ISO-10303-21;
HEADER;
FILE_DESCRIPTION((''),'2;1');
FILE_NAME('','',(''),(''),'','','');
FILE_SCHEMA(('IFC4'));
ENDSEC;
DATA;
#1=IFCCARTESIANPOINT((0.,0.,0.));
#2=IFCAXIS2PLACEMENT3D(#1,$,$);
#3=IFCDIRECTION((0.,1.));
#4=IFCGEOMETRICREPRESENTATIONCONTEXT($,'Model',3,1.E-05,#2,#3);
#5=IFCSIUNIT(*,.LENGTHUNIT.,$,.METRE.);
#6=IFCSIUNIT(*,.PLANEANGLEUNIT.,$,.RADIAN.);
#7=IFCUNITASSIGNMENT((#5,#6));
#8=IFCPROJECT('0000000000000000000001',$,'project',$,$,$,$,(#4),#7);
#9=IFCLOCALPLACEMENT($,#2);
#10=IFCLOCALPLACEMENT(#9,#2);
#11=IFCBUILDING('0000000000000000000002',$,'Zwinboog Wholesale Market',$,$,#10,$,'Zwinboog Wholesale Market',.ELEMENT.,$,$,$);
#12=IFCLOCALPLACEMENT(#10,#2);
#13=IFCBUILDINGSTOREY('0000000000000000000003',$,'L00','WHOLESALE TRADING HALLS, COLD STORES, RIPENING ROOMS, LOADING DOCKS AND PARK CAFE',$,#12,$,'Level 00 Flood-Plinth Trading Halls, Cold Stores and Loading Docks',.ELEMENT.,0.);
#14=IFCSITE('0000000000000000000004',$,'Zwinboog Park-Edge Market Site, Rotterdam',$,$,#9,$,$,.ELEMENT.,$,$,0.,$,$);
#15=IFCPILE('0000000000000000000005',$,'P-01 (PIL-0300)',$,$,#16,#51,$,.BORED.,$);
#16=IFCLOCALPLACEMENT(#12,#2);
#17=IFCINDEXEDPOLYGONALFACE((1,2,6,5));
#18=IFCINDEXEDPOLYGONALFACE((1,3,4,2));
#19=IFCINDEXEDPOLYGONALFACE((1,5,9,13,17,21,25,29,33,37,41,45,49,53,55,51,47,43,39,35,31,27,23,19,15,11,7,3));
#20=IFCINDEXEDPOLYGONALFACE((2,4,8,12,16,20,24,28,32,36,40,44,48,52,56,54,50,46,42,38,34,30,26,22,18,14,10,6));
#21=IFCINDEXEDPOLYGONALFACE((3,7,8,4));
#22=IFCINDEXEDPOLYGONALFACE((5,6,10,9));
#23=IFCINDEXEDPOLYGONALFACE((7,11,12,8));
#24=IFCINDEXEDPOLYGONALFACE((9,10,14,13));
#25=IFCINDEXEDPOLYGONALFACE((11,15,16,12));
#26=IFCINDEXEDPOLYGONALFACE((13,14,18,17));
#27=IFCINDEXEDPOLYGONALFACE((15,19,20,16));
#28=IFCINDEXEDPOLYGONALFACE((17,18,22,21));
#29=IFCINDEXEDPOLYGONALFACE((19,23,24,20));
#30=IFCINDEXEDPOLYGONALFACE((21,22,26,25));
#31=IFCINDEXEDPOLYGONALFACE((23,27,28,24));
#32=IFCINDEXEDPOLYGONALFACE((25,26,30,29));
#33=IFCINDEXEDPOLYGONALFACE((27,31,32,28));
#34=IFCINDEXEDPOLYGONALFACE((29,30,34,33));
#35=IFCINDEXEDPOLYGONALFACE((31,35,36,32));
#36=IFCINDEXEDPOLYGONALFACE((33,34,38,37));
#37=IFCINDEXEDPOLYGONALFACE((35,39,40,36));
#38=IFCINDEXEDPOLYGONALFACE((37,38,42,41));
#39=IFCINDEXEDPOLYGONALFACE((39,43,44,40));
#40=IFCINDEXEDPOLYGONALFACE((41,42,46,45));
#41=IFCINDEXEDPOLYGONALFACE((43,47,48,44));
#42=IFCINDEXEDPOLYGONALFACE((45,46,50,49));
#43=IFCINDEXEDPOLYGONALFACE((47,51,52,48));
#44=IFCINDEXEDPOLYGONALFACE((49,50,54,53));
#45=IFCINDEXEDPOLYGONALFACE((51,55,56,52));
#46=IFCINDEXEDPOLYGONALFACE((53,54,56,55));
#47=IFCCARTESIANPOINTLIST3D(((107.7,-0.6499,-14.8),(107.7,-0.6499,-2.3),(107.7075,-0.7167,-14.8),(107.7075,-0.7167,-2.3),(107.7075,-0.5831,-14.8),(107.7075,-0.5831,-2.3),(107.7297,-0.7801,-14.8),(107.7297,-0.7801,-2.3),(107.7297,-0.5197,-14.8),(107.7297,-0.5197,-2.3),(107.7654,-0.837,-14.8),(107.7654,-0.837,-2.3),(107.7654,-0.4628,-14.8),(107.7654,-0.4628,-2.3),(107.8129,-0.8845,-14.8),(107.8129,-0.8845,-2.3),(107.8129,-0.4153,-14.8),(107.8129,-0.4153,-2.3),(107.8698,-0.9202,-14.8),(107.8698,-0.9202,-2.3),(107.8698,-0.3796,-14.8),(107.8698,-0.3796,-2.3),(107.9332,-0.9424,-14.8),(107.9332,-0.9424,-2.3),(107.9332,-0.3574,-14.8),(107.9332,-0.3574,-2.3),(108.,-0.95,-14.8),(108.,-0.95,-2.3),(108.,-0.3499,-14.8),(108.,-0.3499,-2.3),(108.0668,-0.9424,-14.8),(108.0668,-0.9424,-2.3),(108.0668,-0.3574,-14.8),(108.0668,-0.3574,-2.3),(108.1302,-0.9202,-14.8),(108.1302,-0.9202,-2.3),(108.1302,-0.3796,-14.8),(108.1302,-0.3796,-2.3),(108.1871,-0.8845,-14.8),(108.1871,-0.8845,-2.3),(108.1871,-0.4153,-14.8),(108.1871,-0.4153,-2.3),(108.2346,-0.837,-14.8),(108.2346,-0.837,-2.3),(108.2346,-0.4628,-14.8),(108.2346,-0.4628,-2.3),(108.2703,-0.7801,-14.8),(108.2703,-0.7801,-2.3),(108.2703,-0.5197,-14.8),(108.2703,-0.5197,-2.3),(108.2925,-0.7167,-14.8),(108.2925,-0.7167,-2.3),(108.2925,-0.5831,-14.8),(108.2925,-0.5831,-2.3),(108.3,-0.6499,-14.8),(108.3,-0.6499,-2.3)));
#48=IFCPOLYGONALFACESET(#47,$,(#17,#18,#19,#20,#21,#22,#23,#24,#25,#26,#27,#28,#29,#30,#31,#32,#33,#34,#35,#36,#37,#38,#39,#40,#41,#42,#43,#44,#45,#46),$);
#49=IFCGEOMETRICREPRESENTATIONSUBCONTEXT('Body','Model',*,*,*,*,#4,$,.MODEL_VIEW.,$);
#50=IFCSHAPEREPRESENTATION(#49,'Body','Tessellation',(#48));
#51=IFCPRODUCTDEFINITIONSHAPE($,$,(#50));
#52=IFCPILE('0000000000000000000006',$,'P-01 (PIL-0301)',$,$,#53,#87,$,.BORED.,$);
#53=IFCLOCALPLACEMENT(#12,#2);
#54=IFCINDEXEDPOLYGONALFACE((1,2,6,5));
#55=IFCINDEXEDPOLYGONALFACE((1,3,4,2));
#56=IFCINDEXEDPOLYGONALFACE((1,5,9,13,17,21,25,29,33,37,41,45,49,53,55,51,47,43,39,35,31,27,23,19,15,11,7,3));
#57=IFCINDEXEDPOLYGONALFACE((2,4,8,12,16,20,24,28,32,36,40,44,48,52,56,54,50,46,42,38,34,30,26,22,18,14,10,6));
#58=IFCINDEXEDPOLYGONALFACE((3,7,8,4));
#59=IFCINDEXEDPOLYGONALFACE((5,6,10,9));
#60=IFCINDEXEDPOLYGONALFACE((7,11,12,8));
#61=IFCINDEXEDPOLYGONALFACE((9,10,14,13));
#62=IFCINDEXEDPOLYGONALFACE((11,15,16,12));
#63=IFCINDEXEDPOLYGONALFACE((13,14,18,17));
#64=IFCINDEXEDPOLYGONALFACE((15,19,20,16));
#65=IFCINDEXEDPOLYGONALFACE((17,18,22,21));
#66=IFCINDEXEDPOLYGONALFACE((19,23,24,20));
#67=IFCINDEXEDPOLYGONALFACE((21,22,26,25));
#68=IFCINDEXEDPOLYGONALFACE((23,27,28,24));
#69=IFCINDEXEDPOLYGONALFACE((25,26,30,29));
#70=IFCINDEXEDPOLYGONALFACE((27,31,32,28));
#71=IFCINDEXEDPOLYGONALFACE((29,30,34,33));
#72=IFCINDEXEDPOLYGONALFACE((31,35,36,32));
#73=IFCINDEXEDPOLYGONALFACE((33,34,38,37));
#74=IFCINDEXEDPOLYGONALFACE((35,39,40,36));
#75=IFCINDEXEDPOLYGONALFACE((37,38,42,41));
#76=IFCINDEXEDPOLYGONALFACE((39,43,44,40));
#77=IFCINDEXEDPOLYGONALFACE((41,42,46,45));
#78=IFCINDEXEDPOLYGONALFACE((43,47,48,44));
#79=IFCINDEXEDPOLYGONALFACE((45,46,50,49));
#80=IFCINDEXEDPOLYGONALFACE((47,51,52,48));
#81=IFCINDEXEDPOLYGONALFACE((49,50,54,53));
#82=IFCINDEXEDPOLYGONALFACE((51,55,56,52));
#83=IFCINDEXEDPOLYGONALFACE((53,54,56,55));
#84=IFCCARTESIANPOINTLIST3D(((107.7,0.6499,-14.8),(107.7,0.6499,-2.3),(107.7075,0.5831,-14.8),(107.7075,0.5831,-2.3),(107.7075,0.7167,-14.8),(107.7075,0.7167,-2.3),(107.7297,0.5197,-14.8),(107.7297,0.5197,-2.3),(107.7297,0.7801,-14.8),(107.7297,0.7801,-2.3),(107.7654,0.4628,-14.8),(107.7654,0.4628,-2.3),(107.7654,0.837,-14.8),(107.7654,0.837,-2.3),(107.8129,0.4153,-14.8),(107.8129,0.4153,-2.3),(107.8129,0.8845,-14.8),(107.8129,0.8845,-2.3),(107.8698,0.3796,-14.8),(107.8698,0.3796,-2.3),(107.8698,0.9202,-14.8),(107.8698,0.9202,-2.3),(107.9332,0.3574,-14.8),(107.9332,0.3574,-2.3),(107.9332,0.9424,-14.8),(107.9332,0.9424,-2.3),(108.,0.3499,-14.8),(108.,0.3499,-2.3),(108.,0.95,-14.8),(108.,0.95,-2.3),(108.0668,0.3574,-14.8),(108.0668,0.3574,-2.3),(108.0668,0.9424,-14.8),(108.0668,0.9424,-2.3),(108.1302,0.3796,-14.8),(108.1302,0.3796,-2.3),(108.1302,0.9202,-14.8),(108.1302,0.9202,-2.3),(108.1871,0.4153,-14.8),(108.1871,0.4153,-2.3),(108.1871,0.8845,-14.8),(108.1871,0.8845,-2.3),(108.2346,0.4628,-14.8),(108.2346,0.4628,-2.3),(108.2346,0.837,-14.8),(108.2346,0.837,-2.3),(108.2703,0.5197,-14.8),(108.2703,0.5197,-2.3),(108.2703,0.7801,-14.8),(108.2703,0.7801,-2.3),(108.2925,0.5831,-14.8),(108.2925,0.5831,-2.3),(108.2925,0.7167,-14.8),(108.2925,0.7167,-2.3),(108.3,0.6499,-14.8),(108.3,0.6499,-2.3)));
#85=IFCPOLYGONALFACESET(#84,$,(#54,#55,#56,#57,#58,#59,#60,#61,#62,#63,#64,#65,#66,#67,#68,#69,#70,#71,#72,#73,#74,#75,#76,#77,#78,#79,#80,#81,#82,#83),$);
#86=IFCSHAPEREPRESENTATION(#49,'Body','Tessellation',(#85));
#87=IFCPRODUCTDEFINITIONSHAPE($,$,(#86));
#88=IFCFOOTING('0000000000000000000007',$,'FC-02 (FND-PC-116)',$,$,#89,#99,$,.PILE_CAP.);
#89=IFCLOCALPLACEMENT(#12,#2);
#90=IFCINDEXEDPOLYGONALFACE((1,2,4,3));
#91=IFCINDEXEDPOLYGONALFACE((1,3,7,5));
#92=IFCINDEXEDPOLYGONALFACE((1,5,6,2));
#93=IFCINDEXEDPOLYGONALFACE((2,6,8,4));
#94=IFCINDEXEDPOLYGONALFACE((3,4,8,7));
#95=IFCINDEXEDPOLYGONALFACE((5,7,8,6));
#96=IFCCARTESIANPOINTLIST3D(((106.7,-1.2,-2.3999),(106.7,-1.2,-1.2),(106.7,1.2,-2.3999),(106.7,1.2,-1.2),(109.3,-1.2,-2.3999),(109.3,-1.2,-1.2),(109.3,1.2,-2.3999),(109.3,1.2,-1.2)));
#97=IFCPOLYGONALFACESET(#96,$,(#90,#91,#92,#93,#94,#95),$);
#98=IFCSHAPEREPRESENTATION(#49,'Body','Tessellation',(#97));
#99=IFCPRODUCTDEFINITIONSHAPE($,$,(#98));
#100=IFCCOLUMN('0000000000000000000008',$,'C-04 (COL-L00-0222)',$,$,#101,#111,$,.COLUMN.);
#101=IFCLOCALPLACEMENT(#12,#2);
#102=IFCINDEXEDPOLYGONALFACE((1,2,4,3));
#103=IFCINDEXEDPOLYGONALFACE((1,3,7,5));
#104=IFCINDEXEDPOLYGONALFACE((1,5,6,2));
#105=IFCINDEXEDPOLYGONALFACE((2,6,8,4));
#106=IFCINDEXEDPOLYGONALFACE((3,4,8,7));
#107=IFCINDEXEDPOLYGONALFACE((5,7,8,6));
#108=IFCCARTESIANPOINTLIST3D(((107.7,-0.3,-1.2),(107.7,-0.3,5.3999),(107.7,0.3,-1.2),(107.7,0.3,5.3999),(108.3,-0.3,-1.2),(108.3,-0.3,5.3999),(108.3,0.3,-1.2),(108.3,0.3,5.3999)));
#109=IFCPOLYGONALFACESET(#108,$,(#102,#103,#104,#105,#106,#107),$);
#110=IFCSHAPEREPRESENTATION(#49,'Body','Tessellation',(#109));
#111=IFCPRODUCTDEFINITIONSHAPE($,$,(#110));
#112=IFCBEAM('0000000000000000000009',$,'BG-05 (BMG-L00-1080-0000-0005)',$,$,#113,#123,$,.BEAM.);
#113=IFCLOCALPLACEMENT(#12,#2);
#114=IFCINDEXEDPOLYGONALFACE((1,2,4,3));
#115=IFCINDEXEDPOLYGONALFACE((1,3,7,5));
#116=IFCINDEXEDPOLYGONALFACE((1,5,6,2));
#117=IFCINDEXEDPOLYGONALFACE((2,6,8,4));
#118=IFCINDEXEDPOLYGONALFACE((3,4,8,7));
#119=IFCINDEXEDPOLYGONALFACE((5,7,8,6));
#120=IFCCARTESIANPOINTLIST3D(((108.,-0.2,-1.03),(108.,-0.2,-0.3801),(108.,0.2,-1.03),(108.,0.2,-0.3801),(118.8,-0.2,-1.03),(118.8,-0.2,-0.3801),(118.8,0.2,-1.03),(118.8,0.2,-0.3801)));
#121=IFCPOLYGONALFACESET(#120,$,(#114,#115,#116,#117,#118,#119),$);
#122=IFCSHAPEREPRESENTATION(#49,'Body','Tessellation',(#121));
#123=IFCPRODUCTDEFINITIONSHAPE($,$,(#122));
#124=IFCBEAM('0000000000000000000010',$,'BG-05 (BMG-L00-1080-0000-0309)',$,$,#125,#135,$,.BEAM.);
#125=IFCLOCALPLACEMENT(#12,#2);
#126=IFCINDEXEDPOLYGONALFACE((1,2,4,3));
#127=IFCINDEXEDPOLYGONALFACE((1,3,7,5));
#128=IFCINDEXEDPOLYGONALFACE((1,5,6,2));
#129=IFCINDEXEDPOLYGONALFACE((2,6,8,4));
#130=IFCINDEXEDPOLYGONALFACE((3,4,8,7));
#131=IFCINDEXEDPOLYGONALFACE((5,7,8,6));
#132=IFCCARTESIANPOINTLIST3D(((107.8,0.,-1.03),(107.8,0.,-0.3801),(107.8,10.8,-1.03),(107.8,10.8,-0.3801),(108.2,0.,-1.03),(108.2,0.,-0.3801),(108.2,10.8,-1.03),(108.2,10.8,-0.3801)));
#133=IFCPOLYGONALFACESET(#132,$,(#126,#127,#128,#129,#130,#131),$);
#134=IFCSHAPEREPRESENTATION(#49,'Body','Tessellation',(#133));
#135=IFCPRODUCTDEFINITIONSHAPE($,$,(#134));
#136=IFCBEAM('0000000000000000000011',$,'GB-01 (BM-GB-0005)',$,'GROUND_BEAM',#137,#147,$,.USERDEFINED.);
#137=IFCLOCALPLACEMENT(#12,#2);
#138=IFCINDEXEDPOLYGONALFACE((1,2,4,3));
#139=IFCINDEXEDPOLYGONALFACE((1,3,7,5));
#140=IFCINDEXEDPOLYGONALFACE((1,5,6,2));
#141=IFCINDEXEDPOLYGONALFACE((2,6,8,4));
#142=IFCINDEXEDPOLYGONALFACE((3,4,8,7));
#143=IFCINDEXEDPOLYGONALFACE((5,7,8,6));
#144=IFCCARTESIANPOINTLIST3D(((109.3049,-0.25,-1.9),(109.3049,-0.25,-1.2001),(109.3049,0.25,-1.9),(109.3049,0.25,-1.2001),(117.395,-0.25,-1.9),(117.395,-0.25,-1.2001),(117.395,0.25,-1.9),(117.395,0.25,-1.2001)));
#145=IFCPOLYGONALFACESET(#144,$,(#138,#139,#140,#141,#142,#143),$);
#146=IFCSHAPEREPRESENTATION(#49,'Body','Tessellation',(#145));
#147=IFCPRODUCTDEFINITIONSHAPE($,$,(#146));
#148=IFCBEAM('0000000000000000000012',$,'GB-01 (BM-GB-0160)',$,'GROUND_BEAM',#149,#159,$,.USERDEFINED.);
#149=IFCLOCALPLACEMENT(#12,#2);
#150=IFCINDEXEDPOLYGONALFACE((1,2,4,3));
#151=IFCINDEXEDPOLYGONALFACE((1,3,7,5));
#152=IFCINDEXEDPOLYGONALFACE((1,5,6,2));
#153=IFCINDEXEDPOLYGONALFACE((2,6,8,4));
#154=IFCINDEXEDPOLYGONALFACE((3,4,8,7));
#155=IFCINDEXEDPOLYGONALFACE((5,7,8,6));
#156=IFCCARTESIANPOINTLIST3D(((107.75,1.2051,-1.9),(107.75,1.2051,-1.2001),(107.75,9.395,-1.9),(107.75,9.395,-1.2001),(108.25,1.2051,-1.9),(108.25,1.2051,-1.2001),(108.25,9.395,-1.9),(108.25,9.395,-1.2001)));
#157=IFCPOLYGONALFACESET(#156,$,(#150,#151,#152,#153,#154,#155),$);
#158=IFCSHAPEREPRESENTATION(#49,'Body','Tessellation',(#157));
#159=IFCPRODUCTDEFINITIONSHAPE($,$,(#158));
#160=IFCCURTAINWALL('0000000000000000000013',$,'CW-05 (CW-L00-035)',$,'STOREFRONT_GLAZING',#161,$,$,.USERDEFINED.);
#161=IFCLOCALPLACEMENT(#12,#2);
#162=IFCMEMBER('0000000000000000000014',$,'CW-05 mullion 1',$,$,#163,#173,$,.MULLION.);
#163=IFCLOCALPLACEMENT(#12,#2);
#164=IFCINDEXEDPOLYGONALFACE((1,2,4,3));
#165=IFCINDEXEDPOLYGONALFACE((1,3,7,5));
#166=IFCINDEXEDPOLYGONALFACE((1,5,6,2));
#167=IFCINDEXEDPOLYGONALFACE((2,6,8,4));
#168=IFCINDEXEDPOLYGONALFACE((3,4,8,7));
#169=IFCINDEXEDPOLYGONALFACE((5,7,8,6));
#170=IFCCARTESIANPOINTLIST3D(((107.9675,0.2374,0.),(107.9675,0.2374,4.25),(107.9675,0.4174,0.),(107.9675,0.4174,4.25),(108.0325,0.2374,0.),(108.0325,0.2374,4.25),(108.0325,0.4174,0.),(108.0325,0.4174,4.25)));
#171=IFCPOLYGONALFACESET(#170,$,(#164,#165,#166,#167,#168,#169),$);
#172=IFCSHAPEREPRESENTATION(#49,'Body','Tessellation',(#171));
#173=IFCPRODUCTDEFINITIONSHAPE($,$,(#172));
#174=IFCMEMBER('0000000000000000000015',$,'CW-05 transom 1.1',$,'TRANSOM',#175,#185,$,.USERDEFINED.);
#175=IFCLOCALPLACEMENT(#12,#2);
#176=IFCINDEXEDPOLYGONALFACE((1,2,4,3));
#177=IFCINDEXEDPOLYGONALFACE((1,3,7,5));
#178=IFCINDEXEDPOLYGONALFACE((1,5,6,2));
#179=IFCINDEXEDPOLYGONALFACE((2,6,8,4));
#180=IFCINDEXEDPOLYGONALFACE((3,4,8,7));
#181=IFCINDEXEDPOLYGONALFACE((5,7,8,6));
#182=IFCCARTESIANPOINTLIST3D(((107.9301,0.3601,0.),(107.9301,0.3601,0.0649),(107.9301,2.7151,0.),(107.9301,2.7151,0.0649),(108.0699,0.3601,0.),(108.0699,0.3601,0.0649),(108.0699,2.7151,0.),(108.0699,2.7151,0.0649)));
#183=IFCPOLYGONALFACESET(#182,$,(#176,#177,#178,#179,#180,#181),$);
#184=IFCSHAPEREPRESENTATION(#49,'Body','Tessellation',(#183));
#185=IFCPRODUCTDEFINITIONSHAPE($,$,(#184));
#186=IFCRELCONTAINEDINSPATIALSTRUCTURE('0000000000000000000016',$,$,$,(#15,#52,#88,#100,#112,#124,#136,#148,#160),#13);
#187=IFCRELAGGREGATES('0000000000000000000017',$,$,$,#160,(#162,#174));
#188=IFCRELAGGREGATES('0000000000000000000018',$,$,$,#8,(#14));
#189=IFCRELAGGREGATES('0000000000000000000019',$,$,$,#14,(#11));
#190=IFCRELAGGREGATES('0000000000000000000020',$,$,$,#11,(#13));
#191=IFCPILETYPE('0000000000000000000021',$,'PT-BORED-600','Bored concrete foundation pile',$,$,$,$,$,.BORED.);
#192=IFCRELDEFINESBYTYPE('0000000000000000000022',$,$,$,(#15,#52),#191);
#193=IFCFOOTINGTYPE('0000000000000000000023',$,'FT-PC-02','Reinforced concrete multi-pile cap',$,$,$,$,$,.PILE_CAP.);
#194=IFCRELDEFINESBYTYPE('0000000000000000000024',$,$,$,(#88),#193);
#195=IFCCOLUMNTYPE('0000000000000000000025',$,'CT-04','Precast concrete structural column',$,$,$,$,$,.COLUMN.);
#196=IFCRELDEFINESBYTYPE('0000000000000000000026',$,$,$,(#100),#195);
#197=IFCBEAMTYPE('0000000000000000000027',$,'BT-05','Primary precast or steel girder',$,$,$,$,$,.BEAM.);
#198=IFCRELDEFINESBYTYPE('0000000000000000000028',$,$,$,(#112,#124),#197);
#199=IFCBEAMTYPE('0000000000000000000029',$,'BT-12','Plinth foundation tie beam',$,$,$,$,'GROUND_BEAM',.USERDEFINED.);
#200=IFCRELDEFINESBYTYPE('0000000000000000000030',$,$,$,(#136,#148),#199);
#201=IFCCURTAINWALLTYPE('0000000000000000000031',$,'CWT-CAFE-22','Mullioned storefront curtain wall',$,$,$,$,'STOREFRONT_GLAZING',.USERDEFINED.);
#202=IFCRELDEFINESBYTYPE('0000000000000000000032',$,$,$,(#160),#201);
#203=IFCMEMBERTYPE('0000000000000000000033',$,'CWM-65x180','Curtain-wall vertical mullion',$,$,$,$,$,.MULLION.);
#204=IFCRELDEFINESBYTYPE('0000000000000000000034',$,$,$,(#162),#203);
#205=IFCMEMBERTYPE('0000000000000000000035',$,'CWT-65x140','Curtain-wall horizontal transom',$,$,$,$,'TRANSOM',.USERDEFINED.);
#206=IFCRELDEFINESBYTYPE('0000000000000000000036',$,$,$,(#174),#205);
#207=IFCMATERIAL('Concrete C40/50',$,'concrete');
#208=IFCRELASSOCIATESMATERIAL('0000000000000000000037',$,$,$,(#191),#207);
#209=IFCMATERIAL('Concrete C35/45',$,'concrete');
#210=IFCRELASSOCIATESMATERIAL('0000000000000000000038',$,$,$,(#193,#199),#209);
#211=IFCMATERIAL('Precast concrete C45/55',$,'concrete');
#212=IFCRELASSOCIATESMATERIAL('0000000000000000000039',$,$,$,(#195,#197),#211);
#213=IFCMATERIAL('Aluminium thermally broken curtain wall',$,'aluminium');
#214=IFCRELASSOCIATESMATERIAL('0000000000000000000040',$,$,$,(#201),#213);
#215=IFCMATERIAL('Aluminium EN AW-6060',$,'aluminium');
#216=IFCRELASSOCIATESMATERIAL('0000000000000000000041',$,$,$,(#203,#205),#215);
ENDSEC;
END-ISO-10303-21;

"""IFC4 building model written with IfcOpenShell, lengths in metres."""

from ifc_helpers import new_model, si_unit, direction, frame, origin, origin_2d, place, context, subcontext, project, spatial, rectangle, circle, extrude, material, material_profile, profile_set, type_object, element, aggregate, save


model = new_model("IFC4")

# Units and contexts
model_context = context("Model", 3, precision=1e-05, world=origin(), true_north=direction((0.0, 1.0)))
body_context = subcontext(model_context, "Body", "Model", "MODEL_VIEW")
ifc_project = project(units=[si_unit("LENGTHUNIT", "METRE"), si_unit("PLANEANGLEUNIT", "RADIAN")], contexts=[model_context])

# Site, building, storey
site_placement = place(None, origin())
site = spatial("IfcSite", under=ifc_project, at=site_placement, Name="Zwinboog Park-Edge Market Site, Rotterdam", CompositionType="ELEMENT", RefElevation=0.0)
building_placement = place(site_placement, origin())
building = spatial("IfcBuilding", under=site, at=building_placement, Name="Zwinboog Wholesale Market", LongName="Zwinboog Wholesale Market", CompositionType="ELEMENT")
storey_placement = place(building_placement, origin())
storey = spatial("IfcBuildingStorey", under=building, at=storey_placement, Name="L00", Description="WHOLESALE TRADING HALLS, COLD STORES, RIPENING ROOMS, LOADING DOCKS AND PARK CAFE", LongName="Level 00 Flood-Plinth Trading Halls, Cold Stores and Loading Docks", CompositionType="ELEMENT", Elevation=0.0)

# Piles
ifc_material_1 = material(Name="Concrete C40/50", Category="concrete")
ifc_material_profile_1 = material_profile(ifc_material_1, circle(Radius=0.3, at=origin_2d()), Name="PILE D600")
ifc_profile_set_1 = profile_set([ifc_material_profile_1], Name="Concrete C40/50")
pile_type = type_object("IfcPileType", Name="PT-BORED-600", Description="Bored concrete foundation pile", PredefinedType="BORED", material=ifc_profile_set_1)
for number, where, z_axis, x_axis, name in (
    (1, (108.0, -0.6499, -2.3), (0.0, 0.0, -1.0), (1.0, 0.0, 0.0), "P-01 (PIL-0300)"),
    (2, (108.0, 0.6499, -2.3), (0.0, 0.0, -1.0), (1.0, 0.0, 0.0), "P-01 (PIL-0301)"),
):
    element("IfcPile", number, at=place(storey_placement, frame(where, z_axis=z_axis, x_axis=x_axis)), inside=storey, type_object=pile_type, Name=name, PredefinedType="BORED", context=body_context, shape_type="SweptSolid", body=[
        extrude(circle(Radius=0.3, at=origin_2d()), origin(), (0.0, 0.0, 1.0), 12.5),
    ])

# Footing
ifc_material_2 = material(Name="Concrete C35/45", Category="concrete")
footing_type = type_object("IfcFootingType", Name="FT-PC-02", Description="Reinforced concrete multi-pile cap", PredefinedType="PILE_CAP", material=ifc_material_2)
footing_placement = place(storey_placement, frame((108.0, 0.0, -2.3999), z_axis=(0.0, 0.0, 1.0), x_axis=(1.0, 0.0, 0.0)))
element("IfcFooting", 3, at=footing_placement, inside=storey, type_object=footing_type, Name="FC-02 (FND-PC-116)", PredefinedType="PILE_CAP", context=body_context, shape_type="SweptSolid", body=[
    extrude(rectangle(XDim=2.6001, YDim=2.3999, at=origin_2d()), origin(), (0.0, 0.0, 1.0), 1.2),
])

# Column
ifc_material_3 = material(Name="Precast concrete C45/55", Category="concrete")
ifc_material_profile_2 = material_profile(ifc_material_3, rectangle(XDim=0.6001, YDim=0.6001, at=origin_2d()), Name="PC 600x600")
ifc_profile_set_2 = profile_set([ifc_material_profile_2], Name="Precast concrete C45/55")
column_type = type_object("IfcColumnType", Name="CT-04", Description="Precast concrete structural column", PredefinedType="COLUMN", material=ifc_profile_set_2)
column_placement = place(storey_placement, frame((108.0, 0.0, -1.2), z_axis=(0.0, 0.0, 1.0), x_axis=(1.0, 0.0, 0.0)))
element("IfcColumn", 4, at=column_placement, inside=storey, type_object=column_type, Name="C-04 (COL-L00-0222)", PredefinedType="COLUMN", context=body_context, shape_type="SweptSolid", body=[
    extrude(rectangle(XDim=0.6001, YDim=0.6001, at=origin_2d()), origin(), (0.0, 0.0, 1.0), 6.5999),
])

# Beams
ifc_material_profile_3 = material_profile(ifc_material_3, rectangle(XDim=0.3999, YDim=0.6499, at=origin_2d()), Name="PC 400x650")
ifc_profile_set_3 = profile_set([ifc_material_profile_3], Name="Precast concrete C45/55")
beam_type_1 = type_object("IfcBeamType", Name="BT-05", Description="Primary precast or steel girder", PredefinedType="BEAM", material=ifc_profile_set_3)
for number, where, z_axis, x_axis, name in (
    (5, (108.0, 0.0, -0.7051), (1.0, 0.0, 0.0), (0.0, 1.0, 0.0), "BG-05 (BMG-L00-1080-0000-0005)"),
    (6, (108.0, 0.0, -0.7051), (0.0, 1.0, 0.0), (-1.0, 0.0, 0.0), "BG-05 (BMG-L00-1080-0000-0309)"),
):
    element("IfcBeam", number, at=place(storey_placement, frame(where, z_axis=z_axis, x_axis=x_axis)), inside=storey, type_object=beam_type_1, Name=name, PredefinedType="BEAM", context=body_context, shape_type="SweptSolid", body=[
        extrude(rectangle(XDim=0.3999, YDim=0.6499, at=origin_2d()), origin(), (0.0, 0.0, 1.0), 10.8),
    ])
ifc_material_profile_4 = material_profile(ifc_material_2, rectangle(XDim=0.5, YDim=0.7, at=origin_2d()), Name="RC 500x700")
ifc_profile_set_4 = profile_set([ifc_material_profile_4], Name="Concrete C35/45")
beam_type_2 = type_object("IfcBeamType", Name="BT-12", Description="Plinth foundation tie beam", ElementType="GROUND_BEAM", PredefinedType="USERDEFINED", material=ifc_profile_set_4)
beam_1_placement = place(storey_placement, frame((109.3049, 0.0, -1.55), z_axis=(1.0, 0.0, 0.0), x_axis=(0.0, 1.0, 0.0)))
element("IfcBeam", 7, at=beam_1_placement, inside=storey, type_object=beam_type_2, Name="GB-01 (BM-GB-0005)", ObjectType="GROUND_BEAM", PredefinedType="USERDEFINED", context=body_context, shape_type="SweptSolid", body=[
    extrude(rectangle(XDim=0.5, YDim=0.7, at=origin_2d()), origin(), (0.0, 0.0, 1.0), 8.0901),
])
beam_2_placement = place(storey_placement, frame((108.0, 1.2051, -1.55), z_axis=(0.0, 1.0, 0.0), x_axis=(-1.0, 0.0, 0.0)))
element("IfcBeam", 8, at=beam_2_placement, inside=storey, type_object=beam_type_2, Name="GB-01 (BM-GB-0160)", ObjectType="GROUND_BEAM", PredefinedType="USERDEFINED", context=body_context, shape_type="SweptSolid", body=[
    extrude(rectangle(XDim=0.5, YDim=0.7, at=origin_2d()), origin(), (0.0, 0.0, 1.0), 8.1899),
])

# Curtain wall, members
ifc_material_4 = material(Name="Aluminium thermally broken curtain wall", Category="aluminium")
curtain_wall_type = type_object("IfcCurtainWallType", Name="CWT-CAFE-22", Description="Mullioned storefront curtain wall", ElementType="STOREFRONT_GLAZING", PredefinedType="USERDEFINED", material=ifc_material_4)
curtain_wall_placement = place(storey_placement, origin())
curtain_wall = element("IfcCurtainWall", 9, at=curtain_wall_placement, inside=storey, type_object=curtain_wall_type, Name="CW-05 (CW-L00-035)", ObjectType="STOREFRONT_GLAZING", PredefinedType="USERDEFINED")
ifc_material_5 = material(Name="Aluminium EN AW-6060", Category="aluminium")
ifc_material_profile_5 = material_profile(ifc_material_5, rectangle(XDim=0.0649, YDim=0.1799, at=origin_2d()), Name="AL 65x180")
ifc_profile_set_5 = profile_set([ifc_material_profile_5], Name="Aluminium EN AW-6060")
member_type_1 = type_object("IfcMemberType", Name="CWM-65x180", Description="Curtain-wall vertical mullion", PredefinedType="MULLION", material=ifc_profile_set_5)
member_1_placement = place(storey_placement, frame((108.0, 0.3274, 0.0), z_axis=(0.0, 0.0, 1.0), x_axis=(-1.0, 0.0, 0.0)))
member_1 = element("IfcMember", 10, at=member_1_placement, type_object=member_type_1, Name="CW-05 mullion 1", PredefinedType="MULLION", context=body_context, shape_type="SweptSolid", body=[
    extrude(rectangle(XDim=0.0649, YDim=0.1799, at=origin_2d()), origin(), (0.0, 0.0, 1.0), 4.25),
])
ifc_material_profile_6 = material_profile(ifc_material_5, rectangle(XDim=0.1399, YDim=0.0649, at=origin_2d()), Name="AL 65x140")
ifc_profile_set_6 = profile_set([ifc_material_profile_6], Name="Aluminium EN AW-6060")
member_type_2 = type_object("IfcMemberType", Name="CWT-65x140", Description="Curtain-wall horizontal transom", ElementType="TRANSOM", PredefinedType="USERDEFINED", material=ifc_profile_set_6)
member_2_placement = place(storey_placement, frame((108.0, 0.3601, 0.0325), z_axis=(0.0, 1.0, 0.0), x_axis=(-1.0, 0.0, 0.0)))
member_2 = element("IfcMember", 11, at=member_2_placement, type_object=member_type_2, Name="CW-05 transom 1.1", ObjectType="TRANSOM", PredefinedType="USERDEFINED", context=body_context, shape_type="SweptSolid", body=[
    extrude(rectangle(XDim=0.1399, YDim=0.0649, at=origin_2d()), origin(), (0.0, 0.0, 1.0), 2.355),
])
aggregate(curtain_wall, [member_1, member_2])

save(model, "model.ifc")
